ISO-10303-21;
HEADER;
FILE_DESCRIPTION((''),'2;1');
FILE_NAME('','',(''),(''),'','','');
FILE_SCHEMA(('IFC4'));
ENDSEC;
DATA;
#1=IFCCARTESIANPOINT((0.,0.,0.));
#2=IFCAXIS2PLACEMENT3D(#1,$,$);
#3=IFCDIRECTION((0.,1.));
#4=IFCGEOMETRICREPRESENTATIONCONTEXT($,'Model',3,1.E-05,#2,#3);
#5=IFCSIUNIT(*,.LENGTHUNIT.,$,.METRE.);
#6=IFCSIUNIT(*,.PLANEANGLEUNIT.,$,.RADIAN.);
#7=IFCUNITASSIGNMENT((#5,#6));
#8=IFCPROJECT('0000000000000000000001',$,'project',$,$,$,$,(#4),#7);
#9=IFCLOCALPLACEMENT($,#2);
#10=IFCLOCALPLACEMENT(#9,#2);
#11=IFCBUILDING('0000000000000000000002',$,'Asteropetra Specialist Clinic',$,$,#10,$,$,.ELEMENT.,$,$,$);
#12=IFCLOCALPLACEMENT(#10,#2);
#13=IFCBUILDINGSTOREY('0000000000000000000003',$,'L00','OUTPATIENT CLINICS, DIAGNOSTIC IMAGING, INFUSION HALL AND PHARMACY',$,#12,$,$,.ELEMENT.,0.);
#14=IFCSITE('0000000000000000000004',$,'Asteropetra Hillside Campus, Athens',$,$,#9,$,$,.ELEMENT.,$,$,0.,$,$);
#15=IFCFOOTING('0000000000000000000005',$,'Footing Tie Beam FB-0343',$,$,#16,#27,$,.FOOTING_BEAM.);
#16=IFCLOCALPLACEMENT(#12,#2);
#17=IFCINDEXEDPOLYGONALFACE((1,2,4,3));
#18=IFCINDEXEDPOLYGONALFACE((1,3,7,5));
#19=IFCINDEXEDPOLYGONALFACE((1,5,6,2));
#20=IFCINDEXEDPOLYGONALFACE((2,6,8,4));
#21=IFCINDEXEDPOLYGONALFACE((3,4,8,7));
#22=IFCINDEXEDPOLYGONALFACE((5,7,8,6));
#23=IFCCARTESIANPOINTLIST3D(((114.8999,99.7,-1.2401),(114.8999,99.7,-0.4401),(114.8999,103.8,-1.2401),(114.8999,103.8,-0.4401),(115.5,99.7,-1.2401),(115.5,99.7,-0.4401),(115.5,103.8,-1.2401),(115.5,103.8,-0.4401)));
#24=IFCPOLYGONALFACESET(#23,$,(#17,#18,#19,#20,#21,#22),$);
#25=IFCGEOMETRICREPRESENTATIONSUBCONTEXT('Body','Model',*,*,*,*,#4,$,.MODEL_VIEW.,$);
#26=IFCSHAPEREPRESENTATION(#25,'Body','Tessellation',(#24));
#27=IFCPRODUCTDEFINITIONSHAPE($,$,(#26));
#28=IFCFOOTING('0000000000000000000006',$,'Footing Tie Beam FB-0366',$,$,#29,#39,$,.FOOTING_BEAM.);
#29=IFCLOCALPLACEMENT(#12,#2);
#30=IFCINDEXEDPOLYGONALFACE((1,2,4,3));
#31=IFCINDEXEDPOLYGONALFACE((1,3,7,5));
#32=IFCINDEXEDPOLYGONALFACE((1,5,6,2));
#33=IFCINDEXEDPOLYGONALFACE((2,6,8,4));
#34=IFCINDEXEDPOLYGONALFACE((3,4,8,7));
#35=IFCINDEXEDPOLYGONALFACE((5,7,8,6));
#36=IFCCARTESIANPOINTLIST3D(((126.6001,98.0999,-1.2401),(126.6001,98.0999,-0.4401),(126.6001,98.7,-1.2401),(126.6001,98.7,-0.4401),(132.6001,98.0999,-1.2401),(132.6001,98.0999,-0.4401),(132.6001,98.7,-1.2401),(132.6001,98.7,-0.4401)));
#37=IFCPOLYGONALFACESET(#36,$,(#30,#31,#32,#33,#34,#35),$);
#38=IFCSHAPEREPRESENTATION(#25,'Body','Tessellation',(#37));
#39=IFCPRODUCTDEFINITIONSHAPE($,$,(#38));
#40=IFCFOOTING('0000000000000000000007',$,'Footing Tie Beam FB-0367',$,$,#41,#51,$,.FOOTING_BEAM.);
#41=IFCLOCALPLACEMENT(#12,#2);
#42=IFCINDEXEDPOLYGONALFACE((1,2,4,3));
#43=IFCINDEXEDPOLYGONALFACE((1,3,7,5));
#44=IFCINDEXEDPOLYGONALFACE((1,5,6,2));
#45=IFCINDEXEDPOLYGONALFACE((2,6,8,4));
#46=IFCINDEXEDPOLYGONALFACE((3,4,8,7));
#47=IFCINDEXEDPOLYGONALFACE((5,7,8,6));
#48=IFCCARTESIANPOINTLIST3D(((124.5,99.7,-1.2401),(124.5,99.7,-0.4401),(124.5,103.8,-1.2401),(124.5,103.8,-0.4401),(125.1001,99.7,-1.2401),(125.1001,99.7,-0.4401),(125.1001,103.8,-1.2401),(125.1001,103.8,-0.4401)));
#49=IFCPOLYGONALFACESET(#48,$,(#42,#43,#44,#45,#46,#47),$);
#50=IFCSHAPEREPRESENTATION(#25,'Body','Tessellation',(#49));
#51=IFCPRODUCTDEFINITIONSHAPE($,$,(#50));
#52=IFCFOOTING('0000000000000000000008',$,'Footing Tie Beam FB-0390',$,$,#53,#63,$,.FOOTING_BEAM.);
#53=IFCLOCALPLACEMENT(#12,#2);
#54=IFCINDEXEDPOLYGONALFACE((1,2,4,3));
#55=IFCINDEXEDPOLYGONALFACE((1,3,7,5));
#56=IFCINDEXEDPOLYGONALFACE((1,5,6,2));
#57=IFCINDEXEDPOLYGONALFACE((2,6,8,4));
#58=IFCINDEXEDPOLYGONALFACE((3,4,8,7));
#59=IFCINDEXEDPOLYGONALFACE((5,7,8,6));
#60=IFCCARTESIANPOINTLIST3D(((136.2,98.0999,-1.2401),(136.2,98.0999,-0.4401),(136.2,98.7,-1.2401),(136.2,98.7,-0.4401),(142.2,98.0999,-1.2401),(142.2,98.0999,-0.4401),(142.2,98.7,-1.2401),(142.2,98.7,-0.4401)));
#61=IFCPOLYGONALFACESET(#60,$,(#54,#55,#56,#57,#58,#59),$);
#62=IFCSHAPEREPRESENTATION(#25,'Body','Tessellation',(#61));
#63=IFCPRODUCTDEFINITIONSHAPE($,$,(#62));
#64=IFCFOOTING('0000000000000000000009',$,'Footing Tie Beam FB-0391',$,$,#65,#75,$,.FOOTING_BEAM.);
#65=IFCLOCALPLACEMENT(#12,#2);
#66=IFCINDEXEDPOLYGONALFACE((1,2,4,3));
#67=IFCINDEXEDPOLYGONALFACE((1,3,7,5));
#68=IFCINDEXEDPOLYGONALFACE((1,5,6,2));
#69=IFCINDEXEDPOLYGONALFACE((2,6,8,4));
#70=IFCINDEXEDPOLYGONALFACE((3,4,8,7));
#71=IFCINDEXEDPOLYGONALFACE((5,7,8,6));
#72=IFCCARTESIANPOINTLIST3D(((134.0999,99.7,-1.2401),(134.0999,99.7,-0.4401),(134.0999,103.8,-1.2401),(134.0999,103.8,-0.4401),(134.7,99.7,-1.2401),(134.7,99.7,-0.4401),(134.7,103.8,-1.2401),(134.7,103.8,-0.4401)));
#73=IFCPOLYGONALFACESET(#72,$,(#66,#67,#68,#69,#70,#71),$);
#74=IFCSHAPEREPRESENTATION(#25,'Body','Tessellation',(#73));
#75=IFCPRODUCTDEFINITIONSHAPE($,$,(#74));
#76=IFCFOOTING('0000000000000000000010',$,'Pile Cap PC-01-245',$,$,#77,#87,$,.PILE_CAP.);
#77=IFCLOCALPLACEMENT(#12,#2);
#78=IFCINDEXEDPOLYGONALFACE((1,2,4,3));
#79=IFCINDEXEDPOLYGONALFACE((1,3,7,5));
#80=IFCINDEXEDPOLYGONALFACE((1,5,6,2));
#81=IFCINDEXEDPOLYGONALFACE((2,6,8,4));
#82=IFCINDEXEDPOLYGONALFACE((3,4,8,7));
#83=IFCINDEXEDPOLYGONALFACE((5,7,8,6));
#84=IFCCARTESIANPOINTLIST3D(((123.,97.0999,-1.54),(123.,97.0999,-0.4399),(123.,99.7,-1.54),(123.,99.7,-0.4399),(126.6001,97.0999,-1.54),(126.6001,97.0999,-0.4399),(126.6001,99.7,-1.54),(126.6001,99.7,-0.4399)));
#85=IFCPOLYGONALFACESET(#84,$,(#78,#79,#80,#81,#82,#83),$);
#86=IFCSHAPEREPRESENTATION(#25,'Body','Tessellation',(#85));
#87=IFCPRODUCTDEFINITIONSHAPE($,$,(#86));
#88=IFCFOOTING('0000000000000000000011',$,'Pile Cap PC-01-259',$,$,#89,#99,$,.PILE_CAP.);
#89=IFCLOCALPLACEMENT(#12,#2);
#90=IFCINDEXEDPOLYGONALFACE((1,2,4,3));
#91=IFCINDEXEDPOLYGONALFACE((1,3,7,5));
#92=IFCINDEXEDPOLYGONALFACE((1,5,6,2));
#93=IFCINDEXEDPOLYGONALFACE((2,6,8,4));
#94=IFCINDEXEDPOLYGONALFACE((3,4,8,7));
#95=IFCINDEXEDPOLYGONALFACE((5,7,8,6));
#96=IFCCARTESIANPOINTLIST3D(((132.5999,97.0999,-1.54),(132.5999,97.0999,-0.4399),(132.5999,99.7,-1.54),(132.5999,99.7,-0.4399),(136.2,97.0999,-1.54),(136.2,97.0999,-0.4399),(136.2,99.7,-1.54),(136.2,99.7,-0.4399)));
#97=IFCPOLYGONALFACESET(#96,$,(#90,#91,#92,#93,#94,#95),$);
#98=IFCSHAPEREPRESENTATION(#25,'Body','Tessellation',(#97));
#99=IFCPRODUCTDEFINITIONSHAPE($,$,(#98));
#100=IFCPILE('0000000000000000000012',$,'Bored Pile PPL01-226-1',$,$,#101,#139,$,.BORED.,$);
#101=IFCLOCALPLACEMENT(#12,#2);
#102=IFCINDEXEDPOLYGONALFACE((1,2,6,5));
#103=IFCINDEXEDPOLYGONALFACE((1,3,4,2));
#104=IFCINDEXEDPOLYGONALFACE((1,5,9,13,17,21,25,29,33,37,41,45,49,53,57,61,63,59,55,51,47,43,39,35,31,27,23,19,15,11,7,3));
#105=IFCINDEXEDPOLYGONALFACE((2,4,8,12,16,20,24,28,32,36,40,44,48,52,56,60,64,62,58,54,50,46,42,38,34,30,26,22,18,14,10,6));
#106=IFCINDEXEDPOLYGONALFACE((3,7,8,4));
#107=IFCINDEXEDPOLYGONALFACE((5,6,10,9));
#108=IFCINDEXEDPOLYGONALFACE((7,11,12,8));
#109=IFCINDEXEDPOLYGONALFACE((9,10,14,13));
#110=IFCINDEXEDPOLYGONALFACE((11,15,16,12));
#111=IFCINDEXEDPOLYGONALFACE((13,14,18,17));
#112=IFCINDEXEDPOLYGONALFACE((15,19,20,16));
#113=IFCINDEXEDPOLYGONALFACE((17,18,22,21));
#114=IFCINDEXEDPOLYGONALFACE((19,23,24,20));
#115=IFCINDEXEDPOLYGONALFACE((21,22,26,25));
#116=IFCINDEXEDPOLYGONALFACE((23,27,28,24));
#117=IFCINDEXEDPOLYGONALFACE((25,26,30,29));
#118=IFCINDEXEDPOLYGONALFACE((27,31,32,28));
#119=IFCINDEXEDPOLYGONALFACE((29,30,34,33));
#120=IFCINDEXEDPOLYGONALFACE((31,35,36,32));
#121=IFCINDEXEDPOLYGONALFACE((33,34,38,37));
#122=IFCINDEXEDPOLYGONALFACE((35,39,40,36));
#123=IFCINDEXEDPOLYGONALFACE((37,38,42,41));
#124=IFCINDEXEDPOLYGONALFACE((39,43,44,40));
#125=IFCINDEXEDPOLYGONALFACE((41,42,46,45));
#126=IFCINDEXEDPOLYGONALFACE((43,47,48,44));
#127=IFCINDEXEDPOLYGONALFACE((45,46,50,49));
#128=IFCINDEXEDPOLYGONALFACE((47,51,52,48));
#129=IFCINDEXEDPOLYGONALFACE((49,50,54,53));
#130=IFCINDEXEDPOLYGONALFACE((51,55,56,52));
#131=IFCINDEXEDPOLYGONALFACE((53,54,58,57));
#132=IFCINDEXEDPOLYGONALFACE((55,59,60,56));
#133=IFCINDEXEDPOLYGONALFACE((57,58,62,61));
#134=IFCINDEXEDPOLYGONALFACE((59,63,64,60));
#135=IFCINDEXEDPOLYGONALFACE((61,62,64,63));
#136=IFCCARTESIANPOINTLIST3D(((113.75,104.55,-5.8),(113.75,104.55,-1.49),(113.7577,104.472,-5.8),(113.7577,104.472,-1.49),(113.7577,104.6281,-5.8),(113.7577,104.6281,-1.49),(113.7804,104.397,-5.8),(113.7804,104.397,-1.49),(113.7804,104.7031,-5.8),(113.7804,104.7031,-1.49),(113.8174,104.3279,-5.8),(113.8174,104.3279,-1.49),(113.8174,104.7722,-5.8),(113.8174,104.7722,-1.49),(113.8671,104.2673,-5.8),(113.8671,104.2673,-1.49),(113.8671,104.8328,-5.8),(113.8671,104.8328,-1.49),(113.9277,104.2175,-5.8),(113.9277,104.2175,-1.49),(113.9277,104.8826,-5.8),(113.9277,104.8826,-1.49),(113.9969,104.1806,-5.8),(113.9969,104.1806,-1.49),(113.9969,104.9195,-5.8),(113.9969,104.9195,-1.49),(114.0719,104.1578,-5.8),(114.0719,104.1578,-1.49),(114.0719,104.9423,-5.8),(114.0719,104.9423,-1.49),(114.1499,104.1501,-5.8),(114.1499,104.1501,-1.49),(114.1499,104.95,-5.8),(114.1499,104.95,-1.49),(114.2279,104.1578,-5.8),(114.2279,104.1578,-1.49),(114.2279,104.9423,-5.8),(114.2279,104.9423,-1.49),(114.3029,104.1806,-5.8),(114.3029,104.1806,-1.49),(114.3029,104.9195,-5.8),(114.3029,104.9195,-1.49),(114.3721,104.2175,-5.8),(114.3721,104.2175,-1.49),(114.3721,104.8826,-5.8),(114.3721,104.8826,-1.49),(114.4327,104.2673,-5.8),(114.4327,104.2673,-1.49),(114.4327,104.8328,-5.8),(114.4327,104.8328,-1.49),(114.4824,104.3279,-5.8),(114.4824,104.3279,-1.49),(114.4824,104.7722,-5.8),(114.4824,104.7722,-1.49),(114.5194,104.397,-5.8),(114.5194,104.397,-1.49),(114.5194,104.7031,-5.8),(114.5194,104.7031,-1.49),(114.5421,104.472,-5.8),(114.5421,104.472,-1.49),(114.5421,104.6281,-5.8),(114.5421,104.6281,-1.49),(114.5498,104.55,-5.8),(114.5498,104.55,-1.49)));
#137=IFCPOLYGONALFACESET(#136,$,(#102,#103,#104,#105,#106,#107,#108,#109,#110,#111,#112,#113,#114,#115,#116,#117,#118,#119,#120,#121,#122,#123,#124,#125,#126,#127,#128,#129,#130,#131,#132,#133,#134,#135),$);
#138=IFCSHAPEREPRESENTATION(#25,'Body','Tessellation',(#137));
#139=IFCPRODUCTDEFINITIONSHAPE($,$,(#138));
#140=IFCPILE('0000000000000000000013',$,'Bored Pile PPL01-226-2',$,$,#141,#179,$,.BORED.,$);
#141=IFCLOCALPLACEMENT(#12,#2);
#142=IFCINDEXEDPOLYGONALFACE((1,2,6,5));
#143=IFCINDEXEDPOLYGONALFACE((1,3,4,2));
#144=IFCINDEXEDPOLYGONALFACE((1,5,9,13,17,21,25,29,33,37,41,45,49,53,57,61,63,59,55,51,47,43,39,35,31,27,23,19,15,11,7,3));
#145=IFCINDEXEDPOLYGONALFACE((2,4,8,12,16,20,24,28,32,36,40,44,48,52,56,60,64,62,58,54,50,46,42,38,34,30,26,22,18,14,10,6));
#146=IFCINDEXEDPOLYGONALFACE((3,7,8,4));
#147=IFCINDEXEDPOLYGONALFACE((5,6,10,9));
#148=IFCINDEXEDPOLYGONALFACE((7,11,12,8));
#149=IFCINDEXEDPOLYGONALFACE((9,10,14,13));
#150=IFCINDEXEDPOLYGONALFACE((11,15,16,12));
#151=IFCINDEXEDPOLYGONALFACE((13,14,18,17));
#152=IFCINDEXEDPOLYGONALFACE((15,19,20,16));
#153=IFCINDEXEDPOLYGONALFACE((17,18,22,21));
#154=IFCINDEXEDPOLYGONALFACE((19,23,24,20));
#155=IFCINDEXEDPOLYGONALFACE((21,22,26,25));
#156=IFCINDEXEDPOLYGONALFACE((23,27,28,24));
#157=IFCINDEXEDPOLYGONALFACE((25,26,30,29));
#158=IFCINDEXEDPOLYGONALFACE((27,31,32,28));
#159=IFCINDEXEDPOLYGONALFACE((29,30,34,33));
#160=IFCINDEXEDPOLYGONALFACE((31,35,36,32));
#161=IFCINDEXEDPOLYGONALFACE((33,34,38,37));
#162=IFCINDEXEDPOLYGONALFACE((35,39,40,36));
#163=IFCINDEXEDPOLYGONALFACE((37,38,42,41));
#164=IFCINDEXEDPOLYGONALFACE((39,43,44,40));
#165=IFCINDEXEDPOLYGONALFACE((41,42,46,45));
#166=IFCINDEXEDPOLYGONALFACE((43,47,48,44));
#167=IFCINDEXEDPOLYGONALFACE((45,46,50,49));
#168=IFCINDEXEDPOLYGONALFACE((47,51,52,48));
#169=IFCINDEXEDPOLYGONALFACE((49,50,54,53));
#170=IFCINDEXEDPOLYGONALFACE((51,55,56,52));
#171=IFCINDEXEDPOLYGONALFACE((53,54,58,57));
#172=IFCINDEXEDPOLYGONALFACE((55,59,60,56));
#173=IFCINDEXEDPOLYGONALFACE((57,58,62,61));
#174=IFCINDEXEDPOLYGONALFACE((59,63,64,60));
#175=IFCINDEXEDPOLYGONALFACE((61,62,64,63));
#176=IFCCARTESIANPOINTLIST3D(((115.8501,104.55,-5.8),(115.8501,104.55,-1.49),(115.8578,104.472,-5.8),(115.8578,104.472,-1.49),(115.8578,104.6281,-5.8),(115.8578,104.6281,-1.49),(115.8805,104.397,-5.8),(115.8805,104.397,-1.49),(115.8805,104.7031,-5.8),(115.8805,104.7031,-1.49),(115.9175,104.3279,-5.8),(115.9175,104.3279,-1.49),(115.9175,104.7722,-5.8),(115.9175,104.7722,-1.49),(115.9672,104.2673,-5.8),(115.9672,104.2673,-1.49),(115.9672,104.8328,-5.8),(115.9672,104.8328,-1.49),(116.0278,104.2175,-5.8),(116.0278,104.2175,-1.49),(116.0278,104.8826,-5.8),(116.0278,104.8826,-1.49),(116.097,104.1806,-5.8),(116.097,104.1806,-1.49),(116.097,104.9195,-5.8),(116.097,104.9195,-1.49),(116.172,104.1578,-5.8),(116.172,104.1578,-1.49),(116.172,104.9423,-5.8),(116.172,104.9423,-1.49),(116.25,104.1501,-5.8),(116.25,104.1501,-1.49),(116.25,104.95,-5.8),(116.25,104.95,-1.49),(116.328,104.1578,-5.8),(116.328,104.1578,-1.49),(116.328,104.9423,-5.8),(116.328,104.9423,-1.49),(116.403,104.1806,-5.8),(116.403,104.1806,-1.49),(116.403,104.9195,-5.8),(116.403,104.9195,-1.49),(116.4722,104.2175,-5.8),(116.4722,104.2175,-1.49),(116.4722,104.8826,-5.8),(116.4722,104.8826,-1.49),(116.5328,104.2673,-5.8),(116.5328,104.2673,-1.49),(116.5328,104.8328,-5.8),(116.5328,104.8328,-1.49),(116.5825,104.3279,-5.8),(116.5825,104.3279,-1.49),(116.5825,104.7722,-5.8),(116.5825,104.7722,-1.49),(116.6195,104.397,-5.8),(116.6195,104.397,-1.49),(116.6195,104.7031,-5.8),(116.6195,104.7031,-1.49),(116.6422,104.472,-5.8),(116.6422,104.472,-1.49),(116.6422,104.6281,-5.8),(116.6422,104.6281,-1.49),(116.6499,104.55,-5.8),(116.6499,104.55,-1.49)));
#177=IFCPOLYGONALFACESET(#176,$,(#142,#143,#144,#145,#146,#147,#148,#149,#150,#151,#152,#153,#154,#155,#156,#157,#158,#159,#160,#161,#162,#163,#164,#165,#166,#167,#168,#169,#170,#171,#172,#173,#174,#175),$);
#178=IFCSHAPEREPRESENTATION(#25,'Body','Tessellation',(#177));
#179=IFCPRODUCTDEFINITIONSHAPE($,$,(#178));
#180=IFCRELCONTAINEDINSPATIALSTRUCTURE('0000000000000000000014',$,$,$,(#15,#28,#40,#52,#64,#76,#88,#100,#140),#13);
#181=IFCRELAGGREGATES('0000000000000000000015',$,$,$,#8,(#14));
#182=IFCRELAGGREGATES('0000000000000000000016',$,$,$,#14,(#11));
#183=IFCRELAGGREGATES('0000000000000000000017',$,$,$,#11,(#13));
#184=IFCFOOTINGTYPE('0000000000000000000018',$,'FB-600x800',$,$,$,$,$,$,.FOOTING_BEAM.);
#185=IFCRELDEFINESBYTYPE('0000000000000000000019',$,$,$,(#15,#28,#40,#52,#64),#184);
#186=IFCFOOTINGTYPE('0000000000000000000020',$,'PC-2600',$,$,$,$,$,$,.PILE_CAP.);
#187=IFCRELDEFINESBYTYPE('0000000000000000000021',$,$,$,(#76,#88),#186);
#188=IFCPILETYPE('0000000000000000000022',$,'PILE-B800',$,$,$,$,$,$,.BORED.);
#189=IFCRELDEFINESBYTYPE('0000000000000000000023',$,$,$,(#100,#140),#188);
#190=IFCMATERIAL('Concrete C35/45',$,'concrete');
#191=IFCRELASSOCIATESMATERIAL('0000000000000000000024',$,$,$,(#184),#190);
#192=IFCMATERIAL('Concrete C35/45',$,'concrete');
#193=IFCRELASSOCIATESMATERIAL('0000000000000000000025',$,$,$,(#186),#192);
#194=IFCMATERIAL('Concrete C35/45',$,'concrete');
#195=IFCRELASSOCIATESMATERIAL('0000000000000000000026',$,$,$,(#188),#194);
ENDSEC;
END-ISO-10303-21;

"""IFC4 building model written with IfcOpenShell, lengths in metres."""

from ifc_helpers import new_model, si_unit, direction, frame, origin, origin_2d, place, context, subcontext, project, spatial, rectangle, circle, extrude, material, material_profile, profile_set, type_object, element, save


model = new_model("IFC4")

# Units and contexts
model_context = context("Model", 3, precision=1e-05, world=origin(), true_north=direction((0.0, 1.0)))
body_context = subcontext(model_context, "Body", "Model", "MODEL_VIEW")
ifc_project = project(units=[si_unit("LENGTHUNIT", "METRE"), si_unit("PLANEANGLEUNIT", "RADIAN")], contexts=[model_context])

# Site, building, storey
site_placement = place(None, origin())
site = spatial("IfcSite", under=ifc_project, at=site_placement, Name="Asteropetra Hillside Campus, Athens", CompositionType="ELEMENT", RefElevation=0.0)
building_placement = place(site_placement, origin())
building = spatial("IfcBuilding", under=site, at=building_placement, Name="Asteropetra Specialist Clinic", CompositionType="ELEMENT")
storey_placement = place(building_placement, origin())
storey = spatial("IfcBuildingStorey", under=building, at=storey_placement, Name="L00", Description="OUTPATIENT CLINICS, DIAGNOSTIC IMAGING, INFUSION HALL AND PHARMACY", CompositionType="ELEMENT", Elevation=0.0)

# Footings
ifc_material_1 = material(Name="Concrete C35/45", Category="concrete")
ifc_material_profile_1 = material_profile(ifc_material_1, rectangle(XDim=0.6001, YDim=0.8, at=origin_2d()), Name="FB 600x800")
ifc_profile_set_1 = profile_set([ifc_material_profile_1], Name="Concrete C35/45")
footing_type_1 = type_object("IfcFootingType", Name="FB-600x800", PredefinedType="FOOTING_BEAM", material=ifc_profile_set_1)
footing_1_placement = place(storey_placement, frame((115.2, 99.7, -0.8401), z_axis=(0.0, 1.0, 0.0), x_axis=(-1.0, 0.0, 0.0)))
element("IfcFooting", 1, at=footing_1_placement, inside=storey, type_object=footing_type_1, Name="Footing Tie Beam FB-0343", PredefinedType="FOOTING_BEAM", context=body_context, shape_type="SweptSolid", body=[
    extrude(rectangle(XDim=0.6001, YDim=0.8, at=origin_2d()), origin(), (0.0, 0.0, 1.0), 4.1001),
])
footing_2_placement = place(storey_placement, frame((126.6001, 98.3999, -0.8401), z_axis=(1.0, 0.0, 0.0), x_axis=(0.0, 1.0, 0.0)))
element("IfcFooting", 2, at=footing_2_placement, inside=storey, type_object=footing_type_1, Name="Footing Tie Beam FB-0366", PredefinedType="FOOTING_BEAM", context=body_context, shape_type="SweptSolid", body=[
    extrude(rectangle(XDim=0.6001, YDim=0.8, at=origin_2d()), origin(), (0.0, 0.0, 1.0), 6.0),
])
footing_3_placement = place(storey_placement, frame((124.8, 99.7, -0.8401), z_axis=(0.0, 1.0, 0.0), x_axis=(-1.0, 0.0, 0.0)))
element("IfcFooting", 3, at=footing_3_placement, inside=storey, type_object=footing_type_1, Name="Footing Tie Beam FB-0367", PredefinedType="FOOTING_BEAM", context=body_context, shape_type="SweptSolid", body=[
    extrude(rectangle(XDim=0.6001, YDim=0.8, at=origin_2d()), origin(), (0.0, 0.0, 1.0), 4.1001),
])
footing_4_placement = place(storey_placement, frame((136.2, 98.3999, -0.8401), z_axis=(1.0, 0.0, 0.0), x_axis=(0.0, 1.0, 0.0)))
element("IfcFooting", 4, at=footing_4_placement, inside=storey, type_object=footing_type_1, Name="Footing Tie Beam FB-0390", PredefinedType="FOOTING_BEAM", context=body_context, shape_type="SweptSolid", body=[
    extrude(rectangle(XDim=0.6001, YDim=0.8, at=origin_2d()), origin(), (0.0, 0.0, 1.0), 6.0),
])
footing_5_placement = place(storey_placement, frame((134.3999, 99.7, -0.8401), z_axis=(0.0, 1.0, 0.0), x_axis=(-1.0, 0.0, 0.0)))
element("IfcFooting", 5, at=footing_5_placement, inside=storey, type_object=footing_type_1, Name="Footing Tie Beam FB-0391", PredefinedType="FOOTING_BEAM", context=body_context, shape_type="SweptSolid", body=[
    extrude(rectangle(XDim=0.6001, YDim=0.8, at=origin_2d()), origin(), (0.0, 0.0, 1.0), 4.1001),
])
ifc_material_2 = material(Name="Concrete C35/45", Category="concrete")
footing_type_2 = type_object("IfcFootingType", Name="PC-2600", PredefinedType="PILE_CAP", material=ifc_material_2)
for number, where, z_axis, x_axis, name in (
    (6, (124.8, 98.3999, -1.54), (0.0, 0.0, 1.0), (1.0, 0.0, 0.0), "Pile Cap PC-01-245"),
    (7, (134.3999, 98.3999, -1.54), (0.0, 0.0, 1.0), (1.0, 0.0, 0.0), "Pile Cap PC-01-259"),
):
    element("IfcFooting", number, at=place(storey_placement, frame(where, z_axis=z_axis, x_axis=x_axis)), inside=storey, type_object=footing_type_2, Name=name, PredefinedType="PILE_CAP", context=body_context, shape_type="SweptSolid", body=[
        extrude(rectangle(XDim=3.6001, YDim=2.6001, at=origin_2d()), origin(), (0.0, 0.0, 1.0), 1.1001),
    ])

# Piles
ifc_material_3 = material(Name="Concrete C35/45", Category="concrete")
ifc_material_profile_2 = material_profile(ifc_material_3, circle(Radius=0.3999, at=origin_2d()), Name="PILE D800")
ifc_profile_set_2 = profile_set([ifc_material_profile_2], Name="Concrete C35/45")
pile_type = type_object("IfcPileType", Name="PILE-B800", PredefinedType="BORED", material=ifc_profile_set_2)
for number, where, z_axis, x_axis, name in (
    (8, (114.1499, 104.55, -1.49), (0.0, 0.0, -1.0), (1.0, 0.0, 0.0), "Bored Pile PPL01-226-1"),
    (9, (116.25, 104.55, -1.49), (0.0, 0.0, -1.0), (1.0, 0.0, 0.0), "Bored Pile PPL01-226-2"),
):
    element("IfcPile", number, at=place(storey_placement, frame(where, z_axis=z_axis, x_axis=x_axis)), inside=storey, type_object=pile_type, Name=name, PredefinedType="BORED", context=body_context, shape_type="SweptSolid", body=[
        extrude(circle(Radius=0.3999, at=origin_2d()), origin(), (0.0, 0.0, 1.0), 4.3101),
    ])

save(model, "model.ifc")
